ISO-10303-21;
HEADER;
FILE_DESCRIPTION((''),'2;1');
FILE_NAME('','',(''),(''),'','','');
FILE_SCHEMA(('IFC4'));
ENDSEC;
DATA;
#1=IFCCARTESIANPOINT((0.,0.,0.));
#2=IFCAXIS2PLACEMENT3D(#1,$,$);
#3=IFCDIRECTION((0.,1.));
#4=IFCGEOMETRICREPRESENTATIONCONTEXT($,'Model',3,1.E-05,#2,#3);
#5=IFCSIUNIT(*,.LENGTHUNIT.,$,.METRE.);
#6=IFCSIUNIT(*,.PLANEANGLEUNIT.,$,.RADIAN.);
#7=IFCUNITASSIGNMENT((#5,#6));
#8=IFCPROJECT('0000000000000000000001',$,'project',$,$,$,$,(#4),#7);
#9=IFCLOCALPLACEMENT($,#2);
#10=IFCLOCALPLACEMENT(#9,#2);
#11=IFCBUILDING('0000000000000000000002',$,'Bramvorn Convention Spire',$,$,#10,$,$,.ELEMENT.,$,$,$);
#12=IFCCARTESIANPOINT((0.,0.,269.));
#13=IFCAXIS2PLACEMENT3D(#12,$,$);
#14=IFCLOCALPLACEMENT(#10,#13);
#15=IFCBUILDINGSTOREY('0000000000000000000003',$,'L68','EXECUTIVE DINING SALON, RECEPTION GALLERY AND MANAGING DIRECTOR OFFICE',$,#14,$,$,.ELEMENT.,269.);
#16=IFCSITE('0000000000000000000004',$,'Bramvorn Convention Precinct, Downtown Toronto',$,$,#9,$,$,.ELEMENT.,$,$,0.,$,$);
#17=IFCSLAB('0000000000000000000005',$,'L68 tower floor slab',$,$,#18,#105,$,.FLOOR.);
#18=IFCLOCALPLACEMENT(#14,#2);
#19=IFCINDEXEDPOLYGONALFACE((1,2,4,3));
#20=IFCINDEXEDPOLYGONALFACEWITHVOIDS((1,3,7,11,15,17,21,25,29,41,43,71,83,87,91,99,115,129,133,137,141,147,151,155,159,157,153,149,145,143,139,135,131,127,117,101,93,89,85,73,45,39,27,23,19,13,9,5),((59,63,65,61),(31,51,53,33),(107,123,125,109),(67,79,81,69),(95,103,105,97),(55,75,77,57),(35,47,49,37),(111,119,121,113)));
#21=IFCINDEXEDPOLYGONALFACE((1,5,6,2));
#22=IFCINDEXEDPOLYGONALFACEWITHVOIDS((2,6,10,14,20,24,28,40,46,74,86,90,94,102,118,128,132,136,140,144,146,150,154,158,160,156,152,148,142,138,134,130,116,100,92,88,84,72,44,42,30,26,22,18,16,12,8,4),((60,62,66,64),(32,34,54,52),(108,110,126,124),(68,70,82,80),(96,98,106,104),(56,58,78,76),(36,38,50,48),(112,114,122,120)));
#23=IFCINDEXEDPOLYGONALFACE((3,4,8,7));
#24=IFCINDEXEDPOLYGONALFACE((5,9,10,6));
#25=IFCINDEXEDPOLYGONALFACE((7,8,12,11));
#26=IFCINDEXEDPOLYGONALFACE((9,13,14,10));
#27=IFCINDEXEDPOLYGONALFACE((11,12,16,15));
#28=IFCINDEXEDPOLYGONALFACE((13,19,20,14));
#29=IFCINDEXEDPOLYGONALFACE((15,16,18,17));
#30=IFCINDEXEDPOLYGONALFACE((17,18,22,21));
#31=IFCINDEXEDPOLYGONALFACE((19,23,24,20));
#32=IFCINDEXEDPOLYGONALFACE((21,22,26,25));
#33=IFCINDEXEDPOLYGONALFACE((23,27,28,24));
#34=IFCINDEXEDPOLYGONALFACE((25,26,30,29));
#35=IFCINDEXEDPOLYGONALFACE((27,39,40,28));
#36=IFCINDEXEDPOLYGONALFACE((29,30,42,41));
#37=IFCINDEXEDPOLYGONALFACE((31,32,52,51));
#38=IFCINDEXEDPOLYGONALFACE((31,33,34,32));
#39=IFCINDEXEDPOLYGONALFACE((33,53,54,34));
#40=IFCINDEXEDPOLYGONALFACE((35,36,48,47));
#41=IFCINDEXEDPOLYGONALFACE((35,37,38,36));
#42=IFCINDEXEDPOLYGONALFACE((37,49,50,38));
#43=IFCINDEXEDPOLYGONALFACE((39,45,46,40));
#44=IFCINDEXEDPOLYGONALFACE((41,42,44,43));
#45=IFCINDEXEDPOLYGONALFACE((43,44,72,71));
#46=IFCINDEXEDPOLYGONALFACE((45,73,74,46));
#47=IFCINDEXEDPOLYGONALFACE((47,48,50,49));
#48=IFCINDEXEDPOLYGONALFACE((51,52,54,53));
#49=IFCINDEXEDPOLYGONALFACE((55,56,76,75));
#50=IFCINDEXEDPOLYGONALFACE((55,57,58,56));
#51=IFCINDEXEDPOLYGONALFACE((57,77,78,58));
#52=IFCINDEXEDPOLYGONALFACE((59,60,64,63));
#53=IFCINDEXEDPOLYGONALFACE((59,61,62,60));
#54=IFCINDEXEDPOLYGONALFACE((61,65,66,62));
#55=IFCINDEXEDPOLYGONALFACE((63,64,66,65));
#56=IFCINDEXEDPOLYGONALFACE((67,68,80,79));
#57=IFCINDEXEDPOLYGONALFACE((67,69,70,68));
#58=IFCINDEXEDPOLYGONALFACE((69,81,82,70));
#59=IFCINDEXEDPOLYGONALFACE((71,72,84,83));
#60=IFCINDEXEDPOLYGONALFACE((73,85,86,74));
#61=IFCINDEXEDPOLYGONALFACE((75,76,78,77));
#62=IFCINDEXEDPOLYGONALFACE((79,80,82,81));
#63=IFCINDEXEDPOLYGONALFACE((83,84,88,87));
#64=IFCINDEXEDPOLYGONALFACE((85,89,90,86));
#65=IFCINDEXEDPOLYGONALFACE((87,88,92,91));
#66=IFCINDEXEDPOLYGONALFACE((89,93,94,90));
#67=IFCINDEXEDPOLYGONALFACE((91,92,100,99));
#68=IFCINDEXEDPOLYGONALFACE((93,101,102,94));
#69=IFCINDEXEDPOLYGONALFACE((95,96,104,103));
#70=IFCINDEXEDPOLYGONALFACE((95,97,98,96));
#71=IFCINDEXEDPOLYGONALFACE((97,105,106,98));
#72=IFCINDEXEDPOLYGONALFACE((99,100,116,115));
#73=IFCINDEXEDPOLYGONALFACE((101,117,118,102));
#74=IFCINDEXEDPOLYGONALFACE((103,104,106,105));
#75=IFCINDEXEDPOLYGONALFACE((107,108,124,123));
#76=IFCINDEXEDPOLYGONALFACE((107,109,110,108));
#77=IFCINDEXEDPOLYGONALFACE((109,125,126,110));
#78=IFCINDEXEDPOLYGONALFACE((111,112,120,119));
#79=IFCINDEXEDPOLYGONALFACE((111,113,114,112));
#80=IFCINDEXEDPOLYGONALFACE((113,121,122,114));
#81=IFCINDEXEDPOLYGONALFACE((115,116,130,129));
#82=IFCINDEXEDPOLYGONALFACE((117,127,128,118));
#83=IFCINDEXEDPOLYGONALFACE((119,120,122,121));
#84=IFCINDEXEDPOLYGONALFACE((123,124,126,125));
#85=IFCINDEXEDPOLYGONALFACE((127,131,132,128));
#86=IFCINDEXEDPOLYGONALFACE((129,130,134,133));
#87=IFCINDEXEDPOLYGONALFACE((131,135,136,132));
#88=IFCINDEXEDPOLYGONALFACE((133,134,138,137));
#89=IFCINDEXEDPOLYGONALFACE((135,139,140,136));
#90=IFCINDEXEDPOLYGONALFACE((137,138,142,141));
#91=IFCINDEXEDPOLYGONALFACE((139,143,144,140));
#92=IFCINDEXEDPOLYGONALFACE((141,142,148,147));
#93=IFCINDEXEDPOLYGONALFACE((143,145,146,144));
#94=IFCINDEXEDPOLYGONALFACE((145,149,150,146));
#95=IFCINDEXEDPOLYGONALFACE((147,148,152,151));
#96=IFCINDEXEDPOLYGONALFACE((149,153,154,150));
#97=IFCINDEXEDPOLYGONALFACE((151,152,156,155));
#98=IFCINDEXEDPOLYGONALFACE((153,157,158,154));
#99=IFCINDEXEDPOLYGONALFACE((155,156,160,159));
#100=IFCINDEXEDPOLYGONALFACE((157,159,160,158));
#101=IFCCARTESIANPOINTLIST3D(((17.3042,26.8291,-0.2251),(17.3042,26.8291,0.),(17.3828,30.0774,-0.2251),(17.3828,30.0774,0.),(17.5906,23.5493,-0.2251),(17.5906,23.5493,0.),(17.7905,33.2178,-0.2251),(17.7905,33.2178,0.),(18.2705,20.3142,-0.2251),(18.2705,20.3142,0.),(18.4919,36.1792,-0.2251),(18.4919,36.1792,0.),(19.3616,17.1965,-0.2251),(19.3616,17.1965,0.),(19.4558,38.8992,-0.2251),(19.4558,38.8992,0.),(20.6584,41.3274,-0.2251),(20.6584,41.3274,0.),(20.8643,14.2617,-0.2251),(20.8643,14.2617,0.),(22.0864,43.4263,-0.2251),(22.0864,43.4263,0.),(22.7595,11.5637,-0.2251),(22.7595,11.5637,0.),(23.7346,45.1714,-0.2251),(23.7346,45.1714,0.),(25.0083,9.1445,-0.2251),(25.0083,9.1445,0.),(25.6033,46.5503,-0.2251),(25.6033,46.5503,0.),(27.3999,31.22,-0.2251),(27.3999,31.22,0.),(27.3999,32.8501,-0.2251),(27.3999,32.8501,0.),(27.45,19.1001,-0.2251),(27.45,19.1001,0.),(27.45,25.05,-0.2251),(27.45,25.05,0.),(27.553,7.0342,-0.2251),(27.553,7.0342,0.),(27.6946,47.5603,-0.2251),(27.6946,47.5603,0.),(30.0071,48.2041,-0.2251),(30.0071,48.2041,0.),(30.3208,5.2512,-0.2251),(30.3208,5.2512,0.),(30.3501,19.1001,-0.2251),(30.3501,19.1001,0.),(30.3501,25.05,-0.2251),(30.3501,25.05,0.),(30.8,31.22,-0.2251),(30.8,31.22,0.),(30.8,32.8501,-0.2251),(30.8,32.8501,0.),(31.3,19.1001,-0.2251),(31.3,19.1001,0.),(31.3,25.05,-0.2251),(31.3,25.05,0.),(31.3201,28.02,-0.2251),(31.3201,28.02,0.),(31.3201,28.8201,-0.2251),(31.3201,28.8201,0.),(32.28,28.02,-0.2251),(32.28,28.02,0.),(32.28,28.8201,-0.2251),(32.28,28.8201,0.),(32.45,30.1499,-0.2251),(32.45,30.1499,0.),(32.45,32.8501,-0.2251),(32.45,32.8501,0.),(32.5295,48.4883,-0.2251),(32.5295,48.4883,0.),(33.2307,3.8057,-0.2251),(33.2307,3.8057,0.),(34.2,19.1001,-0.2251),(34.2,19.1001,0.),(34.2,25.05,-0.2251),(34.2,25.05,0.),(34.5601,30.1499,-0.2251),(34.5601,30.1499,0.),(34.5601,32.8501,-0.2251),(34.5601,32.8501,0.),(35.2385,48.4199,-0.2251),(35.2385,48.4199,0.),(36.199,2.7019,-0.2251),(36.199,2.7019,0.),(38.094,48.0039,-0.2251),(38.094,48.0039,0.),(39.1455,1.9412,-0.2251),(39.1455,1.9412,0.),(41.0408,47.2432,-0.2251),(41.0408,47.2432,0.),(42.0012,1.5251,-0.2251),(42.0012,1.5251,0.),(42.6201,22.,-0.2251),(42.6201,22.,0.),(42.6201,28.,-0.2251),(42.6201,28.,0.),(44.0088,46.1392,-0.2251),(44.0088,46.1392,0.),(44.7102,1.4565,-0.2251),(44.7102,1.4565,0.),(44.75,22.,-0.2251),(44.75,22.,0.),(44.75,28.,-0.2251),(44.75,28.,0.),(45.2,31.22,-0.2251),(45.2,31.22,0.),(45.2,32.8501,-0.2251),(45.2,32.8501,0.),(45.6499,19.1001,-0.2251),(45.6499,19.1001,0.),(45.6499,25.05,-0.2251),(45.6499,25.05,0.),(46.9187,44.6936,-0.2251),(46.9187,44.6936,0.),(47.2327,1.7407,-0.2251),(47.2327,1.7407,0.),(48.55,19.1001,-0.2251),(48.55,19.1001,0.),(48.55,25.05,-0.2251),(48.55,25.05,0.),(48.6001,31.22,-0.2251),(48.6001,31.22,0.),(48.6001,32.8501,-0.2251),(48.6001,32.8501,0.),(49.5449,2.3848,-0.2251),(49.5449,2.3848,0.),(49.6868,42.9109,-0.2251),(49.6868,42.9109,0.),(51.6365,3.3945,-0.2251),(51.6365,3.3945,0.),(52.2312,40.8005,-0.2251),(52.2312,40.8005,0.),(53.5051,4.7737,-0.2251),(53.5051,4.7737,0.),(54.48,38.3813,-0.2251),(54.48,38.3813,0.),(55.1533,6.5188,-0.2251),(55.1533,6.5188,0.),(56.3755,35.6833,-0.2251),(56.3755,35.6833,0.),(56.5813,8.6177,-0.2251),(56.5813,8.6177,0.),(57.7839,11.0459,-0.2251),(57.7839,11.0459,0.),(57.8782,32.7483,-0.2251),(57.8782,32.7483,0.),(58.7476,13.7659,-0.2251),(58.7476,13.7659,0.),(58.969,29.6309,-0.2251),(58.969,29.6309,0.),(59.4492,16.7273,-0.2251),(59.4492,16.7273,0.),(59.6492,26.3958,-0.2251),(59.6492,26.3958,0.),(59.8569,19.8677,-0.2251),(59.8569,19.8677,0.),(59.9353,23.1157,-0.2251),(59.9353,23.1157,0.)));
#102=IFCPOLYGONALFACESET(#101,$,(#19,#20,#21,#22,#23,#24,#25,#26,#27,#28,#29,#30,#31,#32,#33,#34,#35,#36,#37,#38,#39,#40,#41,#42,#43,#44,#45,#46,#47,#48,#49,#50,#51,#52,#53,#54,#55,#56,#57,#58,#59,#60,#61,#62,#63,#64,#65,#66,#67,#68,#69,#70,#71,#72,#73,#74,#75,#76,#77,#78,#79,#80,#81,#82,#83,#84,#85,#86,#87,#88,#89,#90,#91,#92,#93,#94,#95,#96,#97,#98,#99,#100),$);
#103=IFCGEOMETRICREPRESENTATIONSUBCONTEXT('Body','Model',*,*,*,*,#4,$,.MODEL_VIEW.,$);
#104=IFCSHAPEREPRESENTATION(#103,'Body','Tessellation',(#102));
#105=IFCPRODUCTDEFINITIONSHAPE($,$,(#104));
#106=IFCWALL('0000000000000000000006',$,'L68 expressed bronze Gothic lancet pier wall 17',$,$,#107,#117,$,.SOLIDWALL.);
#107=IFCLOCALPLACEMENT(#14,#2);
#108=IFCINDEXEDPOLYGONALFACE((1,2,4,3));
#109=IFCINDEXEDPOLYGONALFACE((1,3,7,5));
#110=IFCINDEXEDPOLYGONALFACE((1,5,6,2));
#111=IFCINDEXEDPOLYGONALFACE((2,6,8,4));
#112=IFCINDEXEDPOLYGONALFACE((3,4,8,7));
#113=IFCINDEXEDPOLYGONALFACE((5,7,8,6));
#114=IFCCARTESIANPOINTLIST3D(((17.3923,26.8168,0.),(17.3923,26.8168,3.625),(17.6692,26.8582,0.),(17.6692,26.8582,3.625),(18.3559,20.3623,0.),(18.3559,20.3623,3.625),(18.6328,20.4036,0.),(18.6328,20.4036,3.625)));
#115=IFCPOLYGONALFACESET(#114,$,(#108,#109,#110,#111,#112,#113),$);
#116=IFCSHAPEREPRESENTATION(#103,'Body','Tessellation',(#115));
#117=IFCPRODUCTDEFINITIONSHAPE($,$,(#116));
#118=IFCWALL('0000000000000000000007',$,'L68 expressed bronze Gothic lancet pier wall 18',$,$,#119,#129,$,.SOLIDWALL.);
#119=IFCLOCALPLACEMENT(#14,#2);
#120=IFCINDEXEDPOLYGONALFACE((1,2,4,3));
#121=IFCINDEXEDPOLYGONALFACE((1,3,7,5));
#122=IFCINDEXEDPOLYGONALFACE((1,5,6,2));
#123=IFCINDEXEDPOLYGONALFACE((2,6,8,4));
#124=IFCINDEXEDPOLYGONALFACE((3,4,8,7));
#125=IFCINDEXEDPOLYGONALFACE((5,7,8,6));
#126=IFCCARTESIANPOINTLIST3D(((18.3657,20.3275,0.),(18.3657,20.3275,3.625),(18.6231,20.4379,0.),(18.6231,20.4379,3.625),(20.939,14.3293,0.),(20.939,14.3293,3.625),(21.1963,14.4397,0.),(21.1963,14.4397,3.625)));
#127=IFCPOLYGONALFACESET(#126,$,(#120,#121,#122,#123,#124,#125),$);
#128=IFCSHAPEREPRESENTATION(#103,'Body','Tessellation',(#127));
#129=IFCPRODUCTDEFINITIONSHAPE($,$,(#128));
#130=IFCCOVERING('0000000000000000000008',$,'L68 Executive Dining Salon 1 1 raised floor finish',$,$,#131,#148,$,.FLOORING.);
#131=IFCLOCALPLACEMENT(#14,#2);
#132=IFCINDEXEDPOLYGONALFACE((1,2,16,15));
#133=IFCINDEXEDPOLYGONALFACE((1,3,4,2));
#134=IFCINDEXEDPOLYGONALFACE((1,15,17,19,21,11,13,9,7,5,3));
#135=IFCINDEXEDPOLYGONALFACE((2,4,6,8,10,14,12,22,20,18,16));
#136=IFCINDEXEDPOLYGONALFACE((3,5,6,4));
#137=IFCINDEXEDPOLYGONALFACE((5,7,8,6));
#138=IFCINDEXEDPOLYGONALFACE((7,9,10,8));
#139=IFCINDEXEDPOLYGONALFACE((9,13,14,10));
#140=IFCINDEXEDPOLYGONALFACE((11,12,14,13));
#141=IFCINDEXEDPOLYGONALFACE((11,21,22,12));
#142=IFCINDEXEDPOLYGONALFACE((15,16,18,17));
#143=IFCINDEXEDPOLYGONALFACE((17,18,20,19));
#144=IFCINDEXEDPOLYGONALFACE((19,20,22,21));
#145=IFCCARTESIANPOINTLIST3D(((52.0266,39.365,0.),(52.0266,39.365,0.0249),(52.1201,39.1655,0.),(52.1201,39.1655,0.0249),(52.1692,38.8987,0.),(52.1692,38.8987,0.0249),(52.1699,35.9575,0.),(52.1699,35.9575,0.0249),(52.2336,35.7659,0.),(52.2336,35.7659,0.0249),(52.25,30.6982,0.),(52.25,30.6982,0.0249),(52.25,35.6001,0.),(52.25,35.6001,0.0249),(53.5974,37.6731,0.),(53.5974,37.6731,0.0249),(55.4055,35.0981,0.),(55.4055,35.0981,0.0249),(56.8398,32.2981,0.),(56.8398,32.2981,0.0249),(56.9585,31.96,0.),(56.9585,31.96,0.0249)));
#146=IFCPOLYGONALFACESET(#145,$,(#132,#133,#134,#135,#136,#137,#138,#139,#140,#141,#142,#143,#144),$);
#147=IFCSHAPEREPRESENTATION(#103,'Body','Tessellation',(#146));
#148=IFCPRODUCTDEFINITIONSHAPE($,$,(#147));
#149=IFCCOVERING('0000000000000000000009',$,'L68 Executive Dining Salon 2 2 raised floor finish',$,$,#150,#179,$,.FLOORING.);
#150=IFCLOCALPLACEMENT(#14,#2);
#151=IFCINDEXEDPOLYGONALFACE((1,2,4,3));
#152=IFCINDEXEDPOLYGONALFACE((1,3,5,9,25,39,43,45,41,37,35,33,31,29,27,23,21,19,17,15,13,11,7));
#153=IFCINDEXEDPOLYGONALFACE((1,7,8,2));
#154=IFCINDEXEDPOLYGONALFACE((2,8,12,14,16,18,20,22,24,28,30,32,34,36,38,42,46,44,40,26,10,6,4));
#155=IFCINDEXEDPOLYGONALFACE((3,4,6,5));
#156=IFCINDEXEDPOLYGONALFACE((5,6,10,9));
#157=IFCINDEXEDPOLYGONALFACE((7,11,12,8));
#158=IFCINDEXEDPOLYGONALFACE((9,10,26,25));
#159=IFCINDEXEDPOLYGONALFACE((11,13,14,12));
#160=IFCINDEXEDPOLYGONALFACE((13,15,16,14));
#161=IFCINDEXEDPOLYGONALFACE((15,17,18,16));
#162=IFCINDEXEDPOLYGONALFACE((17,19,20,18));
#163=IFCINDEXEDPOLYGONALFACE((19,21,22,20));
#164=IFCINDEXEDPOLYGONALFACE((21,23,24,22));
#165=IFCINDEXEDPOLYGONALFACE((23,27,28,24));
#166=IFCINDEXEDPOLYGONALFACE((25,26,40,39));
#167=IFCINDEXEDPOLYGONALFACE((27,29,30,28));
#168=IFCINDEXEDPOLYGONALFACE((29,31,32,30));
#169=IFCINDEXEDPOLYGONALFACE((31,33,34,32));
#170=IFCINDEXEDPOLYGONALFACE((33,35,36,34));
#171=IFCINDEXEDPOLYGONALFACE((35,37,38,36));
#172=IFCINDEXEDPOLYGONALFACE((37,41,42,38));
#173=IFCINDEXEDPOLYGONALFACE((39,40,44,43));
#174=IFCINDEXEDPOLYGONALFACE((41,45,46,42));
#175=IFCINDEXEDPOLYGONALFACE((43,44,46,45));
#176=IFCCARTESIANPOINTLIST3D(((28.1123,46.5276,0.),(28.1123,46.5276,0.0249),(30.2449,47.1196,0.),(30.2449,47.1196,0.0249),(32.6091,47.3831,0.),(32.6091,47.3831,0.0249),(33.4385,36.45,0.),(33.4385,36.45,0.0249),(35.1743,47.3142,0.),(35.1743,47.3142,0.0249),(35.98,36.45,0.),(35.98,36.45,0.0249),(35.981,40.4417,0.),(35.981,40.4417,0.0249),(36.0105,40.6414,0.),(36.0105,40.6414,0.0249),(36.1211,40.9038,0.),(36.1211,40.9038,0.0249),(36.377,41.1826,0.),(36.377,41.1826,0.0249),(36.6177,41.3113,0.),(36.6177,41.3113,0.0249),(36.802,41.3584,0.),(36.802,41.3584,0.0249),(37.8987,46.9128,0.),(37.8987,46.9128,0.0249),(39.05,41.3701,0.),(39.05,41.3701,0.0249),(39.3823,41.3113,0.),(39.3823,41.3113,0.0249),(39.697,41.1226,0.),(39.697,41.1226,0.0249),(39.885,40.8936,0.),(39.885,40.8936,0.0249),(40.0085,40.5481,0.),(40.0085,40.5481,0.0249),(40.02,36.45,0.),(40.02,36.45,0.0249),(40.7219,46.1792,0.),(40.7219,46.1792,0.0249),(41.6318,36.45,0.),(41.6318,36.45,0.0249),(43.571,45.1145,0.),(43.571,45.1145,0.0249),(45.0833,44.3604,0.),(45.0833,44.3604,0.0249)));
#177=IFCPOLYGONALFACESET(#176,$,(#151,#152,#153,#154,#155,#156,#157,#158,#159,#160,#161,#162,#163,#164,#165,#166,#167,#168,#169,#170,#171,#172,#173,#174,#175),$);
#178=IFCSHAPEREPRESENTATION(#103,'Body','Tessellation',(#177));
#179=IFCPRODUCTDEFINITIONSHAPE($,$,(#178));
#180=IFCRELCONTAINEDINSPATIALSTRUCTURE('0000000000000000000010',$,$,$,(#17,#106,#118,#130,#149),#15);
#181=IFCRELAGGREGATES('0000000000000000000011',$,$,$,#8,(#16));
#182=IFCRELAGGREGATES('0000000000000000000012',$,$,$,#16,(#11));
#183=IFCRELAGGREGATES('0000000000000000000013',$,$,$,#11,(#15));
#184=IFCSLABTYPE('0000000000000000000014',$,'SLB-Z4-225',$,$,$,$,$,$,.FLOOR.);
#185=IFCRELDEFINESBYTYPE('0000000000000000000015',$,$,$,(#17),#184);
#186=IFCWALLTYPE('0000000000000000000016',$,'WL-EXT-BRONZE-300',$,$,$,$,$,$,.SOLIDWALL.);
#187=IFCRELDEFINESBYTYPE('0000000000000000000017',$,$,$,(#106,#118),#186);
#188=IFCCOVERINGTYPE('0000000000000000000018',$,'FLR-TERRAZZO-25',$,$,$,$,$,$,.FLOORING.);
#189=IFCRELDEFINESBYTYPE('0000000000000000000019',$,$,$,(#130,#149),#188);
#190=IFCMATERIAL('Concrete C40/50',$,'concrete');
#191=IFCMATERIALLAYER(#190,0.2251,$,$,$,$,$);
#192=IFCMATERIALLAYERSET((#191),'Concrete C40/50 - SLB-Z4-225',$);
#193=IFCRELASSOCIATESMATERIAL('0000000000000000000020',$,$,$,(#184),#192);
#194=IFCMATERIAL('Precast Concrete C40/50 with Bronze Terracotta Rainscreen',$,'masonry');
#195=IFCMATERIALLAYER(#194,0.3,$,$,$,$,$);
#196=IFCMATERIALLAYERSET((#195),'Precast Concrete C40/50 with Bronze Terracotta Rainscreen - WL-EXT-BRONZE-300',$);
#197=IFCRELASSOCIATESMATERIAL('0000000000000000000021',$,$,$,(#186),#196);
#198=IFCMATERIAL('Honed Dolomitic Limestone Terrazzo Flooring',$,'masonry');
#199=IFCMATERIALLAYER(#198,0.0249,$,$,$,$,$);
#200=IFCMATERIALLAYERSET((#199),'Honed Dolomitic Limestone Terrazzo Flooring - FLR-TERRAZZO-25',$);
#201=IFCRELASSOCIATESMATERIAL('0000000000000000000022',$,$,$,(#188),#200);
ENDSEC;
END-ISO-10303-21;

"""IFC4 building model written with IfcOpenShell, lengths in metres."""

from ifc_helpers import new_model, si_unit, direction, frame, frame_2d, origin, place, context, subcontext, project, spatial, polyline, rectangle, outline, extrude, material, layer, layer_set, type_object, element, save


model = new_model("IFC4")

# Units and contexts
model_context = context("Model", 3, precision=1e-05, world=origin(), true_north=direction((0.0, 1.0)))
body_context = subcontext(model_context, "Body", "Model", "MODEL_VIEW")
ifc_project = project(units=[si_unit("LENGTHUNIT", "METRE"), si_unit("PLANEANGLEUNIT", "RADIAN")], contexts=[model_context])

# Site, building, storey
site_placement = place(None, origin())
site = spatial("IfcSite", under=ifc_project, at=site_placement, Name="Bramvorn Convention Precinct, Downtown Toronto", CompositionType="ELEMENT", RefElevation=0.0)
building_placement = place(site_placement, origin())
building = spatial("IfcBuilding", under=site, at=building_placement, Name="Bramvorn Convention Spire", CompositionType="ELEMENT")
storey_placement = place(building_placement, frame((0.0, 0.0, 269.0)))
storey = spatial("IfcBuildingStorey", under=building, at=storey_placement, Name="L68", Description="EXECUTIVE DINING SALON, RECEPTION GALLERY AND MANAGING DIRECTOR OFFICE", CompositionType="ELEMENT", Elevation=269.0)

# Slab
ifc_material_1 = material(Name="Concrete C40/50", Category="concrete")
ifc_layer_1 = layer(ifc_material_1, 0.2251)
ifc_layer_set_1 = layer_set([ifc_layer_1], Name="Concrete C40/50 - SLB-Z4-225")
slab_type_1 = type_object("IfcSlabType", Name="SLB-Z4-225", PredefinedType="FLOOR", material=ifc_layer_set_1)
slab_1_placement = place(storey_placement, frame((0.0, 0.0, -0.2251)))
element("IfcSlab", 1, at=slab_1_placement, inside=storey, type_object=slab_type_1, Name="L68 tower floor slab", PredefinedType="FLOOR", context=body_context, shape_type="SweptSolid", body=[
    extrude(outline(polyline([(51.6365, 3.3945), (53.5051, 4.7737), (55.1533, 6.5188), (56.5813, 8.6177), (57.7839, 11.0459), (58.7476, 13.7659), (59.4492, 16.7273), (59.8569, 19.8677), (59.9353, 23.1157), (59.6492, 26.3958), (58.969, 29.6309), (57.8782, 32.7483), (56.3755, 35.6833), (54.48, 38.3813), (52.2312, 40.8005), (49.6868, 42.9109), (46.9187, 44.6936), (44.0088, 46.1392), (41.0408, 47.2432), (38.094, 48.0039), (35.2385, 48.4199), (32.5295, 48.4883), (30.0071, 48.2041), (27.6946, 47.5603), (25.6033, 46.5503), (23.7346, 45.1714), (22.0864, 43.4263), (20.6584, 41.3274), (19.4558, 38.8992), (18.4919, 36.1792), (17.7905, 33.2178), (17.3828, 30.0774), (17.3042, 26.8291), (17.5906, 23.5493), (18.2705, 20.3142), (19.3616, 17.1965), (20.8643, 14.2617), (22.7595, 11.5637), (25.0083, 9.1445), (27.553, 7.0342), (30.3208, 5.2512), (33.2307, 3.8057), (36.199, 2.7019), (39.1455, 1.9412), (42.0012, 1.5251), (44.7102, 1.4565), (47.2327, 1.7407), (49.5449, 2.3848), (51.6365, 3.3945)]), holes=[polyline([(27.45, 25.05), (27.45, 19.1001), (30.3501, 19.1001), (30.3501, 25.05), (27.45, 25.05)]), polyline([(45.6499, 25.05), (45.6499, 19.1001), (48.55, 19.1001), (48.55, 25.05), (45.6499, 25.05)]), polyline([(31.3, 25.05), (31.3, 19.1001), (34.2, 19.1001), (34.2, 25.05), (31.3, 25.05)]), polyline([(27.3999, 31.22), (30.8, 31.22), (30.8, 32.8501), (27.3999, 32.8501), (27.3999, 31.22)]), polyline([(45.2, 31.22), (48.6001, 31.22), (48.6001, 32.8501), (45.2, 32.8501), (45.2, 31.22)]), polyline([(32.45, 30.1499), (34.5601, 30.1499), (34.5601, 32.8501), (32.45, 32.8501), (32.45, 30.1499)]), polyline([(42.6201, 22.0), (44.75, 22.0), (44.75, 28.0), (42.6201, 28.0), (42.6201, 22.0)]), polyline([(31.3201, 28.02), (32.28, 28.02), (32.28, 28.8201), (31.3201, 28.8201), (31.3201, 28.02)])]), origin(), (0.0, 0.0, 1.0), 0.2251),
])

# Walls
ifc_material_2 = material(Name="Precast Concrete C40/50 with Bronze Terracotta Rainscreen", Category="masonry")
ifc_layer_2 = layer(ifc_material_2, 0.3)
ifc_layer_set_2 = layer_set([ifc_layer_2], Name="Precast Concrete C40/50 with Bronze Terracotta Rainscreen - WL-EXT-BRONZE-300")
wall_type = type_object("IfcWallType", Name="WL-EXT-BRONZE-300", PredefinedType="SOLIDWALL", material=ifc_layer_set_2)
wall_1_placement = place(storey_placement, frame((18.4944, 20.3828, 0.0), z_axis=(0.0, 0.0, 1.0), x_axis=(-0.147656, 0.989039, 0.0)))
element("IfcWall", 2, at=wall_1_placement, inside=storey, type_object=wall_type, Name="L68 expressed bronze Gothic lancet pier wall 17", PredefinedType="SOLIDWALL", context=body_context, shape_type="SweptSolid", body=[
    extrude(rectangle(XDim=6.5261, YDim=0.28, at=frame_2d((3.2632, 0.0))), origin(), (0.0, 0.0, 1.0), 3.625),
])
wall_2_placement = place(storey_placement, frame((21.0676, 14.3845, 0.0), z_axis=(0.0, 0.0, 1.0), x_axis=(-0.394249, 0.919004, 0.0)))
element("IfcWall", 3, at=wall_2_placement, inside=storey, type_object=wall_type, Name="L68 expressed bronze Gothic lancet pier wall 18", PredefinedType="SOLIDWALL", context=body_context, shape_type="SweptSolid", body=[
    extrude(rectangle(XDim=6.5269, YDim=0.28, at=frame_2d((3.2634, 0.0))), origin(), (0.0, 0.0, 1.0), 3.625),
])

# Coverings
ifc_material_3 = material(Name="Honed Dolomitic Limestone Terrazzo Flooring", Category="masonry")
ifc_layer_3 = layer(ifc_material_3, 0.0249)
ifc_layer_set_3 = layer_set([ifc_layer_3], Name="Honed Dolomitic Limestone Terrazzo Flooring - FLR-TERRAZZO-25")
covering_type = type_object("IfcCoveringType", Name="FLR-TERRAZZO-25", PredefinedType="FLOORING", material=ifc_layer_set_3)
covering_1_placement = place(storey_placement, origin())
element("IfcCovering", 4, at=covering_1_placement, inside=storey, type_object=covering_type, Name="L68 Executive Dining Salon 1 1 raised floor finish", PredefinedType="FLOORING", context=body_context, shape_type="SweptSolid", body=[
    extrude(outline(polyline([(52.1201, 39.1655), (52.1692, 38.8987), (52.1699, 35.9575), (52.2336, 35.7659), (52.25, 35.6001), (52.25, 30.6982), (56.9585, 31.96), (56.8398, 32.2981), (55.4055, 35.0981), (53.5974, 37.6731), (52.0266, 39.365), (52.1201, 39.1655)])), origin(), (0.0, 0.0, 1.0), 0.0249),
])
covering_2_placement = place(storey_placement, origin())
element("IfcCovering", 5, at=covering_2_placement, inside=storey, type_object=covering_type, Name="L68 Executive Dining Salon 2 2 raised floor finish", PredefinedType="FLOORING", context=body_context, shape_type="SweptSolid", body=[
    extrude(outline(polyline([(33.4385, 36.45), (35.98, 36.45), (35.981, 40.4417), (36.0105, 40.6414), (36.1211, 40.9038), (36.377, 41.1826), (36.6177, 41.3113), (36.802, 41.3584), (39.05, 41.3701), (39.3823, 41.3113), (39.697, 41.1226), (39.885, 40.8936), (40.0085, 40.5481), (40.02, 36.45), (41.6318, 36.45), (45.0833, 44.3604), (43.571, 45.1145), (40.7219, 46.1792), (37.8987, 46.9128), (35.1743, 47.3142), (32.6091, 47.3831), (30.2449, 47.1196), (28.1123, 46.5276), (33.4385, 36.45)])), origin(), (0.0, 0.0, 1.0), 0.0249),
])

save(model, "model.ifc")
